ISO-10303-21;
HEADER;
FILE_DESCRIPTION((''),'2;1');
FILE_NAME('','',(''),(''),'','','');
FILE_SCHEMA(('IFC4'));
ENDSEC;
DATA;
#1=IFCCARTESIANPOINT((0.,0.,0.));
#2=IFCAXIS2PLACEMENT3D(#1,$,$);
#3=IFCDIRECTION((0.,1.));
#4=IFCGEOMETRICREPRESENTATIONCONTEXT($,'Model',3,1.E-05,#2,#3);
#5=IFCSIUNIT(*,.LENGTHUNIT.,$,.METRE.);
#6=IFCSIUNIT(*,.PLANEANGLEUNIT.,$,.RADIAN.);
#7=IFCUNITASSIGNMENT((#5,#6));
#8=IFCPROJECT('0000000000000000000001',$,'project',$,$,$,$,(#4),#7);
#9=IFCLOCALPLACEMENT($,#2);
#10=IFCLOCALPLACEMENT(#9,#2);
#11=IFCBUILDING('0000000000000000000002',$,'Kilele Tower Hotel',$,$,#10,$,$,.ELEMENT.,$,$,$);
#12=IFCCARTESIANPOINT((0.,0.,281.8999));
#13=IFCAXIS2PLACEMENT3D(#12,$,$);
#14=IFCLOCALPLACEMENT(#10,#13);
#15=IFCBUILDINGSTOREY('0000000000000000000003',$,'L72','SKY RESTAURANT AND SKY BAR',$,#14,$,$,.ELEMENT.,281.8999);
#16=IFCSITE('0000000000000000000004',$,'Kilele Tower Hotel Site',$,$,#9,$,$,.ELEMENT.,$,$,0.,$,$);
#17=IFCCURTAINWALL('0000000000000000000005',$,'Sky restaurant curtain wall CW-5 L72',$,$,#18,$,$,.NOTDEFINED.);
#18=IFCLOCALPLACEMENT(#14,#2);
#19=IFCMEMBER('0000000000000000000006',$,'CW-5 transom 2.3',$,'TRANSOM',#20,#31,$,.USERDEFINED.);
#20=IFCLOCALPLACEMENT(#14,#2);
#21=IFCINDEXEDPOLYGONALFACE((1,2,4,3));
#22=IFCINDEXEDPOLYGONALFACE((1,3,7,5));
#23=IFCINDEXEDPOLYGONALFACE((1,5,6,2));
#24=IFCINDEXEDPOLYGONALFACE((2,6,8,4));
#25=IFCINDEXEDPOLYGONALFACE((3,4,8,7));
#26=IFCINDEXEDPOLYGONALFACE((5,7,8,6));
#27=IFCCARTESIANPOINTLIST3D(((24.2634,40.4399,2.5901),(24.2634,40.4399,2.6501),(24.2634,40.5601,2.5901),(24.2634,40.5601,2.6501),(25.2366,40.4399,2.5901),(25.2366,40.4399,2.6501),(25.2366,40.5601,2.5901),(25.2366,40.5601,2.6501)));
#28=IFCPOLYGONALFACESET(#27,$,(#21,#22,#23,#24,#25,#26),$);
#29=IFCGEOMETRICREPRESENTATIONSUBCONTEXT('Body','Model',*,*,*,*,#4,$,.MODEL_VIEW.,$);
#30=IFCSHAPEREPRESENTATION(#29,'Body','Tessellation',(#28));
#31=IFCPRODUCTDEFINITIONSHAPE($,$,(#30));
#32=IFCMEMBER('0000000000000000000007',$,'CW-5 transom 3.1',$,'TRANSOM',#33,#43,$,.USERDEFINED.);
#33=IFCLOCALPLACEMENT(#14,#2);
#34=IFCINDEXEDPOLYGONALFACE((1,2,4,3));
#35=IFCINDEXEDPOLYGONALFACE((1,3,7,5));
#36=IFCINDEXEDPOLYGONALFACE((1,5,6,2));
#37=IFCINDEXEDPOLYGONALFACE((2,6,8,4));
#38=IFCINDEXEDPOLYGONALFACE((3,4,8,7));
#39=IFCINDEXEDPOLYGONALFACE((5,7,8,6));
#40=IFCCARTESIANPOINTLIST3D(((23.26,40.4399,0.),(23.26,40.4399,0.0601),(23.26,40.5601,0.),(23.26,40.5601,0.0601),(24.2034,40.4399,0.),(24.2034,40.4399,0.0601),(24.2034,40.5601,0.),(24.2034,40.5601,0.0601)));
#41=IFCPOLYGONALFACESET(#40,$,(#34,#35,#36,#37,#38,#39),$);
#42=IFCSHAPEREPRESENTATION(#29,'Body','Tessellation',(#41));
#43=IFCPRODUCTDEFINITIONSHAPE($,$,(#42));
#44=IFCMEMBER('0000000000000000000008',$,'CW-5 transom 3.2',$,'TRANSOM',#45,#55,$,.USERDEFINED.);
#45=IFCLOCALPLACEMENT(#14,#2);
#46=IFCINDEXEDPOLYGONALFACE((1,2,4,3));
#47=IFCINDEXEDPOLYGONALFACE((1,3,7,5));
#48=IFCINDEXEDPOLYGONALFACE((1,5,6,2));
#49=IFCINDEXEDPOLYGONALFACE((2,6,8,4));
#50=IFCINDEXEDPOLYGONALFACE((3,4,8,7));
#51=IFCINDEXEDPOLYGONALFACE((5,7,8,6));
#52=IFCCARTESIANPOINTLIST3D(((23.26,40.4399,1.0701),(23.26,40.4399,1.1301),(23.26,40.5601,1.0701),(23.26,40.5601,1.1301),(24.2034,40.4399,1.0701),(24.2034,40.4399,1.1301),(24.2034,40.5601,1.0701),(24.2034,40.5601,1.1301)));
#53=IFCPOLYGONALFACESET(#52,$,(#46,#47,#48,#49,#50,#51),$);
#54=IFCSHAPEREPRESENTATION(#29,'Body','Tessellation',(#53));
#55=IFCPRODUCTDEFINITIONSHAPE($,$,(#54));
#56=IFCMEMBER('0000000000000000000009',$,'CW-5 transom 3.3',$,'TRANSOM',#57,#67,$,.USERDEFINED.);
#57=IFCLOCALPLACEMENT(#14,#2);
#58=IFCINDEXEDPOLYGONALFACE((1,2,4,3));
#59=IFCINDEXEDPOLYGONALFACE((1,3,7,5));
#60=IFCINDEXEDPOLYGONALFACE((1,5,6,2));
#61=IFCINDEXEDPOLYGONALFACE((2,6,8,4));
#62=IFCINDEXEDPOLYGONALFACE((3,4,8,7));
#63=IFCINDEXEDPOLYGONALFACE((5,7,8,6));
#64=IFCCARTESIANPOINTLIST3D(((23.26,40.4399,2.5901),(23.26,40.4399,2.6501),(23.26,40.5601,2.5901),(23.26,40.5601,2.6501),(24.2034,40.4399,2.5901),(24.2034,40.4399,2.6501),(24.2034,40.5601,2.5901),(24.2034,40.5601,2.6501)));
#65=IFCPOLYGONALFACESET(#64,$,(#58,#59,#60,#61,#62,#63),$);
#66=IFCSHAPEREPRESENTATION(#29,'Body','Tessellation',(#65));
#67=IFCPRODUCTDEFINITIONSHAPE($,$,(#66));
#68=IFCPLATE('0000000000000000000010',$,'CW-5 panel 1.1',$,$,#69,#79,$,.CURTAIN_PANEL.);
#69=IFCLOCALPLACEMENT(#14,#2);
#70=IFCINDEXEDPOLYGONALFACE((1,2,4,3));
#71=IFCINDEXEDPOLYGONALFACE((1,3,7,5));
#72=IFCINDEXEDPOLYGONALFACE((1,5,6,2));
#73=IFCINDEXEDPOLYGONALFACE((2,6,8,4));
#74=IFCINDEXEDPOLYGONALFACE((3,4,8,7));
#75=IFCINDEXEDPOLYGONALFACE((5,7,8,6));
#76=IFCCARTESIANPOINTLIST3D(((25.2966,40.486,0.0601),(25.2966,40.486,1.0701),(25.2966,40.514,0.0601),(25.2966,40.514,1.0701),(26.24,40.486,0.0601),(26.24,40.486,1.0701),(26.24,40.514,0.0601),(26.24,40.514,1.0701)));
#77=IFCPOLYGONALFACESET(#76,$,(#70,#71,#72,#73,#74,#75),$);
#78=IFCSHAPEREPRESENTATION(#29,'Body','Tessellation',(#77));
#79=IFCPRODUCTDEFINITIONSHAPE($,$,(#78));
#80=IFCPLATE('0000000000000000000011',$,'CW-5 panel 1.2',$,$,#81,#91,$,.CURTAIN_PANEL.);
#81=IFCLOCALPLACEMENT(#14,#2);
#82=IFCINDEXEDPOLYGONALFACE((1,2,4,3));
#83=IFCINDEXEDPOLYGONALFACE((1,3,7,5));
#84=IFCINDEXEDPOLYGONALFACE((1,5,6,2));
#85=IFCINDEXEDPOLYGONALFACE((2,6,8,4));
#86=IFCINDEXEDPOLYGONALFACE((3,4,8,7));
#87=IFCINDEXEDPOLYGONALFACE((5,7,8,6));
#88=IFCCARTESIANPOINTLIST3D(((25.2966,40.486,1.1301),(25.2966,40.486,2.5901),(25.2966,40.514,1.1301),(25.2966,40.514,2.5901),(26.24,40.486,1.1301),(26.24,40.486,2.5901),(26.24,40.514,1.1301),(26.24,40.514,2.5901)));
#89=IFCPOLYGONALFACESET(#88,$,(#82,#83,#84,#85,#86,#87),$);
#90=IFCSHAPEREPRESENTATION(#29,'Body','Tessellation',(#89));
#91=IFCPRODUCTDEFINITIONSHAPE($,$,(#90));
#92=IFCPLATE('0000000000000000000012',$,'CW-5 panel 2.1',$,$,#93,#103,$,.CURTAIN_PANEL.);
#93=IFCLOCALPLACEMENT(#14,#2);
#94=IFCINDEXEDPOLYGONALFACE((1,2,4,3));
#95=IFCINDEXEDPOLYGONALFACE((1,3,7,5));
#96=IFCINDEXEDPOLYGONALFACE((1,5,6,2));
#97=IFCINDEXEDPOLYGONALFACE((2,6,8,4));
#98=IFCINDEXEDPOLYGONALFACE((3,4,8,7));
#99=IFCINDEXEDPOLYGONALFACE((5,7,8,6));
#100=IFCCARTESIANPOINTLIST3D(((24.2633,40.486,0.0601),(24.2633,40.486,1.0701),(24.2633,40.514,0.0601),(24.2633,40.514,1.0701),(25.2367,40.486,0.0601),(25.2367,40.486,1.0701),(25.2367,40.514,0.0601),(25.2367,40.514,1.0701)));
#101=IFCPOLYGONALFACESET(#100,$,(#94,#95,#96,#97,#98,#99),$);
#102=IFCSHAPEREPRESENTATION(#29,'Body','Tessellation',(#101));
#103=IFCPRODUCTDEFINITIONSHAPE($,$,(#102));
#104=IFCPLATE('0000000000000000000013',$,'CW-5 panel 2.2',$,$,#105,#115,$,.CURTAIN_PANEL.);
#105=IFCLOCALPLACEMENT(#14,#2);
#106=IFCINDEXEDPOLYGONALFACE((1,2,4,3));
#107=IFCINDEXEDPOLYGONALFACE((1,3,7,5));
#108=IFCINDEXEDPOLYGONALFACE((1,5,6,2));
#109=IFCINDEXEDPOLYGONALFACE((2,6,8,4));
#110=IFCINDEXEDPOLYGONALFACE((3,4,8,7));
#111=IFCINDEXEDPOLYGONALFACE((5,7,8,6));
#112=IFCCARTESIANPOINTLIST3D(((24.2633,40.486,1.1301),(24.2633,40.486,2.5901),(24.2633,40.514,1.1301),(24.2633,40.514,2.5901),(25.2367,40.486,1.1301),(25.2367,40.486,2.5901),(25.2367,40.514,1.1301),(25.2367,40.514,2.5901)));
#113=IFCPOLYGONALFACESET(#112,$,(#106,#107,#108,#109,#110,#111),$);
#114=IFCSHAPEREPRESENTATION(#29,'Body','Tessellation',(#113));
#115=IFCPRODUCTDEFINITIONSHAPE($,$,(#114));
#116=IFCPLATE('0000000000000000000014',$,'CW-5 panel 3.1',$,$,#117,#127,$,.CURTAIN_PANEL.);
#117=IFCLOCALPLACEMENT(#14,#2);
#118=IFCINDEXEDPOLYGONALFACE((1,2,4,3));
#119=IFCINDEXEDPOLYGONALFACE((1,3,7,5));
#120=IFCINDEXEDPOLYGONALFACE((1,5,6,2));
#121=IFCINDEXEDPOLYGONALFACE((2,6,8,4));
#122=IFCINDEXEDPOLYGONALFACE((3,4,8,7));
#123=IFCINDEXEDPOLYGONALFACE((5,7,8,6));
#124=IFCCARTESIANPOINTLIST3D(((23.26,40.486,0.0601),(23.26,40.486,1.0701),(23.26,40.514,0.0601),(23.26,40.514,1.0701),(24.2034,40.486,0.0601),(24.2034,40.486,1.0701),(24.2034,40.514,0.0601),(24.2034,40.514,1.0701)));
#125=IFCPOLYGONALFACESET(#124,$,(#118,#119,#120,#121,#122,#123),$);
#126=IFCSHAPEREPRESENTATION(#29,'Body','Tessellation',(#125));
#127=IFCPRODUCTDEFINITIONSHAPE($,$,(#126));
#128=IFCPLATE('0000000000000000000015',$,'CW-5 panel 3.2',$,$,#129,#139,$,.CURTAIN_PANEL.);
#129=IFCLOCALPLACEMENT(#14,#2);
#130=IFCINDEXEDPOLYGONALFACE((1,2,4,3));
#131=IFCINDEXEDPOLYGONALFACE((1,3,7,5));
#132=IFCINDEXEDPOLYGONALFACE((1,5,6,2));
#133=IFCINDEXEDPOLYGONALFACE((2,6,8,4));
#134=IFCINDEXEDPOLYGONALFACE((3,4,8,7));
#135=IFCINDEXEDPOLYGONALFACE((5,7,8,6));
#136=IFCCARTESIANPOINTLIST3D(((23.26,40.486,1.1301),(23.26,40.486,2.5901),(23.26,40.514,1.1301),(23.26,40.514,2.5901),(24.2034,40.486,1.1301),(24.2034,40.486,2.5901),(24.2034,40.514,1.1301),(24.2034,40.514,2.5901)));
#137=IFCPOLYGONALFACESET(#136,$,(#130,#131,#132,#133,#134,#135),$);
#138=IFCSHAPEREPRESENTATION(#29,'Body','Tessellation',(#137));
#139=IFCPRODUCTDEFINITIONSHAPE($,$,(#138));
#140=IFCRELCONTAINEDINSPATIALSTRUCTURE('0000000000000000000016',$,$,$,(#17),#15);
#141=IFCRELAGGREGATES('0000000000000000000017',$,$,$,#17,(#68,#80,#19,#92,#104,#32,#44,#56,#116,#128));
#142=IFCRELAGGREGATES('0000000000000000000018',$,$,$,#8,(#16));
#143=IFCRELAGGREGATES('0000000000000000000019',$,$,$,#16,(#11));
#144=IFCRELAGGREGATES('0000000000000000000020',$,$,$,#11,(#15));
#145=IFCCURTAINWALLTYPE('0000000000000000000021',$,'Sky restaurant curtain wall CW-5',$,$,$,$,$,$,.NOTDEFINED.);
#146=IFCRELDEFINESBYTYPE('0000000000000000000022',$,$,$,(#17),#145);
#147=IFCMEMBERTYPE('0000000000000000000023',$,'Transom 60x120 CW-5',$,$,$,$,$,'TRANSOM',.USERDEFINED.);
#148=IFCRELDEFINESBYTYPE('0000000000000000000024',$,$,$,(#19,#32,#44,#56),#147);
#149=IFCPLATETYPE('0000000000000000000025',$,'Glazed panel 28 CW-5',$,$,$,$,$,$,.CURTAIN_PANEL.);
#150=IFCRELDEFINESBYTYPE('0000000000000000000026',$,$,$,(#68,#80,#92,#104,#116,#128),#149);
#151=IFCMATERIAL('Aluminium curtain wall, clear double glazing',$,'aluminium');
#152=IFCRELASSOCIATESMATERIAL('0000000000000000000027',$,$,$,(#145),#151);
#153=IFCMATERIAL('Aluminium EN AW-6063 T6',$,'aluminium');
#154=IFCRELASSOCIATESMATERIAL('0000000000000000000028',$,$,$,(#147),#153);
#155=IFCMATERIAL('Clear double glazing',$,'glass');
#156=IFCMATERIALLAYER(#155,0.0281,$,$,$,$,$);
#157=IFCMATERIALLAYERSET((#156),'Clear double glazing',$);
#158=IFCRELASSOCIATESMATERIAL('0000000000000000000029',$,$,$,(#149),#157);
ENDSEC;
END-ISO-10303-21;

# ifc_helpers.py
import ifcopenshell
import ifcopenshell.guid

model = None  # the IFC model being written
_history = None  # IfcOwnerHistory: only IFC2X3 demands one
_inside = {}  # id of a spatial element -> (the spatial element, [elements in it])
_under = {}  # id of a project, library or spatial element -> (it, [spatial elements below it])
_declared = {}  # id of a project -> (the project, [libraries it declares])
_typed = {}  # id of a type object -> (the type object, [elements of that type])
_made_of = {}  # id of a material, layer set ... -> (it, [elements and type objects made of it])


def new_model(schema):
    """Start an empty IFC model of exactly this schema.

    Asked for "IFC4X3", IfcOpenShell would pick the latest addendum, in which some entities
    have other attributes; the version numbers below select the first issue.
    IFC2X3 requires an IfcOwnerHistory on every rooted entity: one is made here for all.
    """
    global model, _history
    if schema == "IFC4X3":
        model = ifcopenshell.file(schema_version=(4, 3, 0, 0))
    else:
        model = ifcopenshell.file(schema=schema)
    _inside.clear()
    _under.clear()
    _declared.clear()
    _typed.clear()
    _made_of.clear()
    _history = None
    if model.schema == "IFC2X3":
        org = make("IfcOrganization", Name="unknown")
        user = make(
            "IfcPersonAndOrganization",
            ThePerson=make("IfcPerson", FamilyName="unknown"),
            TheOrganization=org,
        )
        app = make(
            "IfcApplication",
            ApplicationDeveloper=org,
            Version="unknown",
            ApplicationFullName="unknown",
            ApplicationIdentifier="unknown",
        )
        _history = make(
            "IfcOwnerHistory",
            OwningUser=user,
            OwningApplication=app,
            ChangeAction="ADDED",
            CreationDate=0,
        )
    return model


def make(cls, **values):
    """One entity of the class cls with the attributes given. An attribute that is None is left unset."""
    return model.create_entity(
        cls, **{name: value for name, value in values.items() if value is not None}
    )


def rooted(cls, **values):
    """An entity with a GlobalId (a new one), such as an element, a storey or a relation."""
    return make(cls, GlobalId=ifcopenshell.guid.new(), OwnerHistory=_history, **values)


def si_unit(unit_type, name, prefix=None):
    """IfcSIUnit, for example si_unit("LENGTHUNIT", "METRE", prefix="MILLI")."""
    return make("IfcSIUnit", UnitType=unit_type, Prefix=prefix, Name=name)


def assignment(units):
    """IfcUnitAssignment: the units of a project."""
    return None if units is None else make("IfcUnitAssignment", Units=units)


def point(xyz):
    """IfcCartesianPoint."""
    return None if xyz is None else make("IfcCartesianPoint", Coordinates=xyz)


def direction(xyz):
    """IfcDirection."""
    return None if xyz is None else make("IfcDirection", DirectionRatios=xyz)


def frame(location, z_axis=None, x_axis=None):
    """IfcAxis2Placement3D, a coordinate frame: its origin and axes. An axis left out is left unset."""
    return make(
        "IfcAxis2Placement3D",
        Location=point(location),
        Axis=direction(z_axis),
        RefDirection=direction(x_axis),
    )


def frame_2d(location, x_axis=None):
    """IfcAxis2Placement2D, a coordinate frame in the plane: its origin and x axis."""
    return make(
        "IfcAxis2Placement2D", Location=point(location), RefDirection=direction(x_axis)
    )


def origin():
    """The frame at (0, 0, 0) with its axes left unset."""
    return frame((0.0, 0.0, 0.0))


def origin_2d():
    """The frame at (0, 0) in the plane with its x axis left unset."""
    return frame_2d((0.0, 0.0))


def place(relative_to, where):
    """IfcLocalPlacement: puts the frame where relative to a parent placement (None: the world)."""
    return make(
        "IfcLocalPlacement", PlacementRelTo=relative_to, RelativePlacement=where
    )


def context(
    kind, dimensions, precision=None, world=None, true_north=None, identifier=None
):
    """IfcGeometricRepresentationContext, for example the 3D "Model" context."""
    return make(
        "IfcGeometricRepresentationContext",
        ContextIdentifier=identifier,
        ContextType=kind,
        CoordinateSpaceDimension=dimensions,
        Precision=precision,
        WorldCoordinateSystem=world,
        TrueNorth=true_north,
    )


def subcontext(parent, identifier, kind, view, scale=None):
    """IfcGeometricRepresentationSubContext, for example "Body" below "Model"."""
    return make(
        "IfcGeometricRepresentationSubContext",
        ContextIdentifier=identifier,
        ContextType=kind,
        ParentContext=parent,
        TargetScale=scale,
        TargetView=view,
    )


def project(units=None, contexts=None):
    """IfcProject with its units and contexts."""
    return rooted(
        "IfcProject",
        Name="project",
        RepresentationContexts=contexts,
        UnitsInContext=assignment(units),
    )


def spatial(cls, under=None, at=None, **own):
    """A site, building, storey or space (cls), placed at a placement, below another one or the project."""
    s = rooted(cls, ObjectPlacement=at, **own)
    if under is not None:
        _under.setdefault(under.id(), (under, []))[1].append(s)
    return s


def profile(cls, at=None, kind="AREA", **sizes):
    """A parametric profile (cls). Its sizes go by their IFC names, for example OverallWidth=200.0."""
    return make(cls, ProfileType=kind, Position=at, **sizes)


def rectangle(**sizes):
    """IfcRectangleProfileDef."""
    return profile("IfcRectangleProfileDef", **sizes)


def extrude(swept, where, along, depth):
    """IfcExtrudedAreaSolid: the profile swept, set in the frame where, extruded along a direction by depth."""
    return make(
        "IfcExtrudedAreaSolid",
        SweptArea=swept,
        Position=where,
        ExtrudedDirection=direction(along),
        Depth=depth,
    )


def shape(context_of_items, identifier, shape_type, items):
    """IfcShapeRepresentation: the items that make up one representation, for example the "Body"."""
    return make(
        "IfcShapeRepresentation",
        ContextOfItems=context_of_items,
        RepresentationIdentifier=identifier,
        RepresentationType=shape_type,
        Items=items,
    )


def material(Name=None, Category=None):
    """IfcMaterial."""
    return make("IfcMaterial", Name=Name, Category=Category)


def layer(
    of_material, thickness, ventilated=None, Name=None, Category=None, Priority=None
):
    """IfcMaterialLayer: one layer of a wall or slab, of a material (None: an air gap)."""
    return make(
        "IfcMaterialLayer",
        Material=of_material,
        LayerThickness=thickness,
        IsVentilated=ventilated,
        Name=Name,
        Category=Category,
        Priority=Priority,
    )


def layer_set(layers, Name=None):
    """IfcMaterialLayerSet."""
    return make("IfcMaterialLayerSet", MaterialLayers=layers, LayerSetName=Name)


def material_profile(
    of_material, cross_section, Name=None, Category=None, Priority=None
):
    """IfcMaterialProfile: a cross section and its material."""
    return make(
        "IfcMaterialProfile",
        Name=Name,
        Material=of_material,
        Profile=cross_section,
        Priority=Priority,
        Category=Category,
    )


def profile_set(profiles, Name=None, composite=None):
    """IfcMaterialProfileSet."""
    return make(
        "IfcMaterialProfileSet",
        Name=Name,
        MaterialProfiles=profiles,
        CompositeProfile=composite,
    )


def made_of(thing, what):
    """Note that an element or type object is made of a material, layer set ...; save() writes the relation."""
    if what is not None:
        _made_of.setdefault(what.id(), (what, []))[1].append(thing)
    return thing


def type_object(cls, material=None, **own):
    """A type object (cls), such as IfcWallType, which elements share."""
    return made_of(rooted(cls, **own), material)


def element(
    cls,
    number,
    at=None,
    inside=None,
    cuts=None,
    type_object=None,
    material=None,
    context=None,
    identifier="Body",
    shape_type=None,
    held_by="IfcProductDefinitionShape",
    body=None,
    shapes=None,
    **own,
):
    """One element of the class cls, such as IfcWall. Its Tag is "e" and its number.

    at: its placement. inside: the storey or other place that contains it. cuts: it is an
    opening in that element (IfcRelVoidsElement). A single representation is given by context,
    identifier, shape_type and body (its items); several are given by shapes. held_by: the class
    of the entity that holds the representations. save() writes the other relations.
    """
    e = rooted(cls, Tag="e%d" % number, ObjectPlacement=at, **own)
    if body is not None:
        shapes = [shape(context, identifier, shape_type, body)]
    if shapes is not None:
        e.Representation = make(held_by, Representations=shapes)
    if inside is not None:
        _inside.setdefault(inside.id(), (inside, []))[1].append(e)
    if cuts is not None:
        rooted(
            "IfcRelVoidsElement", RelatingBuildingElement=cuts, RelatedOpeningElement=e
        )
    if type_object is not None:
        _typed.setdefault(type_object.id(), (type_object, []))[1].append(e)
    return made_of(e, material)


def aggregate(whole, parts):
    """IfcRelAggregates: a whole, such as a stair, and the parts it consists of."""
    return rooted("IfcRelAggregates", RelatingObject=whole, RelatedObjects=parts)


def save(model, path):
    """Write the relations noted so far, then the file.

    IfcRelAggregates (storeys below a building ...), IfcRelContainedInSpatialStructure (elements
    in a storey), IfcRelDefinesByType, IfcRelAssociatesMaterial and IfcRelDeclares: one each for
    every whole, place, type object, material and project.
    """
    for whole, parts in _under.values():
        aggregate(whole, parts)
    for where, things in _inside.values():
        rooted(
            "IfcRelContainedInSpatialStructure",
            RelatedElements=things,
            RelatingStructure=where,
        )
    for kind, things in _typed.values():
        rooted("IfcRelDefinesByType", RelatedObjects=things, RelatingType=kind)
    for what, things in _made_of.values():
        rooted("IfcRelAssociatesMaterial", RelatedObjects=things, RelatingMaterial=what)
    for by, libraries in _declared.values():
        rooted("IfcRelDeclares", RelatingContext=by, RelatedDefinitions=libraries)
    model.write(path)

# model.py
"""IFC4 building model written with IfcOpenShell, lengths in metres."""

from ifc_helpers import new_model, si_unit, direction, frame, origin, origin_2d, place, context, subcontext, project, spatial, rectangle, extrude, material, layer, layer_set, material_profile, profile_set, type_object, element, aggregate, save


model = new_model("IFC4")

# Units and contexts
model_context = context("Model", 3, precision=1e-05, world=origin(), true_north=direction((0.0, 1.0)))
body_context = subcontext(model_context, "Body", "Model", "MODEL_VIEW")
ifc_project = project(units=[si_unit("LENGTHUNIT", "METRE"), si_unit("PLANEANGLEUNIT", "RADIAN")], contexts=[model_context])

# Site, building, storey
site_placement = place(None, origin())
site = spatial("IfcSite", under=ifc_project, at=site_placement, Name="Kilele Tower Hotel Site", CompositionType="ELEMENT", RefElevation=0.0)
building_placement = place(site_placement, origin())
building = spatial("IfcBuilding", under=site, at=building_placement, Name="Kilele Tower Hotel", CompositionType="ELEMENT")
storey_placement = place(building_placement, frame((0.0, 0.0, 281.8999)))
storey = spatial("IfcBuildingStorey", under=building, at=storey_placement, Name="L72", Description="SKY RESTAURANT AND SKY BAR", CompositionType="ELEMENT", Elevation=281.8999)

# Shared definitions
ifc_material_1 = material(Name="Aluminium curtain wall, clear double glazing", Category="aluminium")
curtain_wall_type = type_object("IfcCurtainWallType", Name="Sky restaurant curtain wall CW-5", PredefinedType="NOTDEFINED", material=ifc_material_1)

# Curtain wall
curtain_wall_1_placement = place(storey_placement, origin())
curtain_wall_1 = element("IfcCurtainWall", 1, at=curtain_wall_1_placement, inside=storey, type_object=curtain_wall_type, Name="Sky restaurant curtain wall CW-5 L72", PredefinedType="NOTDEFINED")

# Members
ifc_material_2 = material(Name="Aluminium EN AW-6063 T6", Category="aluminium")
ifc_material_profile_1 = material_profile(ifc_material_2, rectangle(XDim=0.1201, YDim=0.0601, at=origin_2d()))
ifc_profile_set_1 = profile_set([ifc_material_profile_1], Name="Aluminium EN AW-6063 T6")
member_type_1 = type_object("IfcMemberType", Name="Transom 60x120 CW-5", ElementType="TRANSOM", PredefinedType="USERDEFINED", material=ifc_profile_set_1)
member_1_placement = place(storey_placement, frame((25.2366, 40.5, 2.6201), z_axis=(-1.0, 0.0, 0.0), x_axis=(0.0, -1.0, 0.0)))
member_1 = element("IfcMember", 2, at=member_1_placement, type_object=member_type_1, Name="CW-5 transom 2.3", ObjectType="TRANSOM", PredefinedType="USERDEFINED", context=body_context, shape_type="SweptSolid", body=[
    extrude(rectangle(XDim=0.1201, YDim=0.0601, at=origin_2d()), origin(), (0.0, 0.0, 1.0), 0.9731),
])
member_2_placement = place(storey_placement, frame((24.2034, 40.5, 0.03), z_axis=(-1.0, 0.0, 0.0), x_axis=(0.0, -1.0, 0.0)))
member_2 = element("IfcMember", 3, at=member_2_placement, type_object=member_type_1, Name="CW-5 transom 3.1", ObjectType="TRANSOM", PredefinedType="USERDEFINED", context=body_context, shape_type="SweptSolid", body=[
    extrude(rectangle(XDim=0.1201, YDim=0.0601, at=origin_2d()), origin(), (0.0, 0.0, 1.0), 0.9434),
])
member_3_placement = place(storey_placement, frame((24.2034, 40.5, 1.1001), z_axis=(-1.0, 0.0, 0.0), x_axis=(0.0, -1.0, 0.0)))
member_3 = element("IfcMember", 4, at=member_3_placement, type_object=member_type_1, Name="CW-5 transom 3.2", ObjectType="TRANSOM", PredefinedType="USERDEFINED", context=body_context, shape_type="SweptSolid", body=[
    extrude(rectangle(XDim=0.1201, YDim=0.0601, at=origin_2d()), origin(), (0.0, 0.0, 1.0), 0.9434),
])
member_4_placement = place(storey_placement, frame((24.2034, 40.5, 2.6201), z_axis=(-1.0, 0.0, 0.0), x_axis=(0.0, -1.0, 0.0)))
member_4 = element("IfcMember", 5, at=member_4_placement, type_object=member_type_1, Name="CW-5 transom 3.3", ObjectType="TRANSOM", PredefinedType="USERDEFINED", context=body_context, shape_type="SweptSolid", body=[
    extrude(rectangle(XDim=0.1201, YDim=0.0601, at=origin_2d()), origin(), (0.0, 0.0, 1.0), 0.9434),
])

# Plates
ifc_material_3 = material(Name="Clear double glazing", Category="glass")
ifc_layer = layer(ifc_material_3, 0.0281)
ifc_layer_set = layer_set([ifc_layer], Name="Clear double glazing")
plate_type = type_object("IfcPlateType", Name="Glazed panel 28 CW-5", PredefinedType="CURTAIN_PANEL", material=ifc_layer_set)
plate_1_placement = place(storey_placement, frame((25.7683, 40.5, 0.0601), z_axis=(0.0, 0.0, 1.0), x_axis=(-1.0, 0.0, 0.0)))
plate_1 = element("IfcPlate", 6, at=plate_1_placement, type_object=plate_type, Name="CW-5 panel 1.1", PredefinedType="CURTAIN_PANEL", context=body_context, shape_type="SweptSolid", body=[
    extrude(rectangle(XDim=0.9434, YDim=0.0281, at=origin_2d()), origin(), (0.0, 0.0, 1.0), 1.01),
])
plate_2_placement = place(storey_placement, frame((25.7683, 40.5, 1.1301), z_axis=(0.0, 0.0, 1.0), x_axis=(-1.0, 0.0, 0.0)))
plate_2 = element("IfcPlate", 7, at=plate_2_placement, type_object=plate_type, Name="CW-5 panel 1.2", PredefinedType="CURTAIN_PANEL", context=body_context, shape_type="SweptSolid", body=[
    extrude(rectangle(XDim=0.9434, YDim=0.0281, at=origin_2d()), origin(), (0.0, 0.0, 1.0), 1.46),
])
plate_3_placement = place(storey_placement, frame((24.75, 40.5, 0.0601), z_axis=(0.0, 0.0, 1.0), x_axis=(-1.0, 0.0, 0.0)))
plate_3 = element("IfcPlate", 8, at=plate_3_placement, type_object=plate_type, Name="CW-5 panel 2.1", PredefinedType="CURTAIN_PANEL", context=body_context, shape_type="SweptSolid", body=[
    extrude(rectangle(XDim=0.9734, YDim=0.0281, at=origin_2d()), origin(), (0.0, 0.0, 1.0), 1.01),
])
plate_4_placement = place(storey_placement, frame((24.75, 40.5, 1.1301), z_axis=(0.0, 0.0, 1.0), x_axis=(-1.0, 0.0, 0.0)))
plate_4 = element("IfcPlate", 9, at=plate_4_placement, type_object=plate_type, Name="CW-5 panel 2.2", PredefinedType="CURTAIN_PANEL", context=body_context, shape_type="SweptSolid", body=[
    extrude(rectangle(XDim=0.9734, YDim=0.0281, at=origin_2d()), origin(), (0.0, 0.0, 1.0), 1.46),
])
plate_5_placement = place(storey_placement, frame((23.7317, 40.5, 0.0601), z_axis=(0.0, 0.0, 1.0), x_axis=(-1.0, 0.0, 0.0)))
plate_5 = element("IfcPlate", 10, at=plate_5_placement, type_object=plate_type, Name="CW-5 panel 3.1", PredefinedType="CURTAIN_PANEL", context=body_context, shape_type="SweptSolid", body=[
    extrude(rectangle(XDim=0.9434, YDim=0.0281, at=origin_2d()), origin(), (0.0, 0.0, 1.0), 1.01),
])
plate_6_placement = place(storey_placement, frame((23.7317, 40.5, 1.1301), z_axis=(0.0, 0.0, 1.0), x_axis=(-1.0, 0.0, 0.0)))
plate_6 = element("IfcPlate", 11, at=plate_6_placement, type_object=plate_type, Name="CW-5 panel 3.2", PredefinedType="CURTAIN_PANEL", context=body_context, shape_type="SweptSolid", body=[
    extrude(rectangle(XDim=0.9434, YDim=0.0281, at=origin_2d()), origin(), (0.0, 0.0, 1.0), 1.46),
])
aggregate(curtain_wall_1, [plate_1, plate_2, member_1, plate_3, plate_4, member_2, member_3, member_4, plate_5, plate_6])

save(model, "model.ifc")
